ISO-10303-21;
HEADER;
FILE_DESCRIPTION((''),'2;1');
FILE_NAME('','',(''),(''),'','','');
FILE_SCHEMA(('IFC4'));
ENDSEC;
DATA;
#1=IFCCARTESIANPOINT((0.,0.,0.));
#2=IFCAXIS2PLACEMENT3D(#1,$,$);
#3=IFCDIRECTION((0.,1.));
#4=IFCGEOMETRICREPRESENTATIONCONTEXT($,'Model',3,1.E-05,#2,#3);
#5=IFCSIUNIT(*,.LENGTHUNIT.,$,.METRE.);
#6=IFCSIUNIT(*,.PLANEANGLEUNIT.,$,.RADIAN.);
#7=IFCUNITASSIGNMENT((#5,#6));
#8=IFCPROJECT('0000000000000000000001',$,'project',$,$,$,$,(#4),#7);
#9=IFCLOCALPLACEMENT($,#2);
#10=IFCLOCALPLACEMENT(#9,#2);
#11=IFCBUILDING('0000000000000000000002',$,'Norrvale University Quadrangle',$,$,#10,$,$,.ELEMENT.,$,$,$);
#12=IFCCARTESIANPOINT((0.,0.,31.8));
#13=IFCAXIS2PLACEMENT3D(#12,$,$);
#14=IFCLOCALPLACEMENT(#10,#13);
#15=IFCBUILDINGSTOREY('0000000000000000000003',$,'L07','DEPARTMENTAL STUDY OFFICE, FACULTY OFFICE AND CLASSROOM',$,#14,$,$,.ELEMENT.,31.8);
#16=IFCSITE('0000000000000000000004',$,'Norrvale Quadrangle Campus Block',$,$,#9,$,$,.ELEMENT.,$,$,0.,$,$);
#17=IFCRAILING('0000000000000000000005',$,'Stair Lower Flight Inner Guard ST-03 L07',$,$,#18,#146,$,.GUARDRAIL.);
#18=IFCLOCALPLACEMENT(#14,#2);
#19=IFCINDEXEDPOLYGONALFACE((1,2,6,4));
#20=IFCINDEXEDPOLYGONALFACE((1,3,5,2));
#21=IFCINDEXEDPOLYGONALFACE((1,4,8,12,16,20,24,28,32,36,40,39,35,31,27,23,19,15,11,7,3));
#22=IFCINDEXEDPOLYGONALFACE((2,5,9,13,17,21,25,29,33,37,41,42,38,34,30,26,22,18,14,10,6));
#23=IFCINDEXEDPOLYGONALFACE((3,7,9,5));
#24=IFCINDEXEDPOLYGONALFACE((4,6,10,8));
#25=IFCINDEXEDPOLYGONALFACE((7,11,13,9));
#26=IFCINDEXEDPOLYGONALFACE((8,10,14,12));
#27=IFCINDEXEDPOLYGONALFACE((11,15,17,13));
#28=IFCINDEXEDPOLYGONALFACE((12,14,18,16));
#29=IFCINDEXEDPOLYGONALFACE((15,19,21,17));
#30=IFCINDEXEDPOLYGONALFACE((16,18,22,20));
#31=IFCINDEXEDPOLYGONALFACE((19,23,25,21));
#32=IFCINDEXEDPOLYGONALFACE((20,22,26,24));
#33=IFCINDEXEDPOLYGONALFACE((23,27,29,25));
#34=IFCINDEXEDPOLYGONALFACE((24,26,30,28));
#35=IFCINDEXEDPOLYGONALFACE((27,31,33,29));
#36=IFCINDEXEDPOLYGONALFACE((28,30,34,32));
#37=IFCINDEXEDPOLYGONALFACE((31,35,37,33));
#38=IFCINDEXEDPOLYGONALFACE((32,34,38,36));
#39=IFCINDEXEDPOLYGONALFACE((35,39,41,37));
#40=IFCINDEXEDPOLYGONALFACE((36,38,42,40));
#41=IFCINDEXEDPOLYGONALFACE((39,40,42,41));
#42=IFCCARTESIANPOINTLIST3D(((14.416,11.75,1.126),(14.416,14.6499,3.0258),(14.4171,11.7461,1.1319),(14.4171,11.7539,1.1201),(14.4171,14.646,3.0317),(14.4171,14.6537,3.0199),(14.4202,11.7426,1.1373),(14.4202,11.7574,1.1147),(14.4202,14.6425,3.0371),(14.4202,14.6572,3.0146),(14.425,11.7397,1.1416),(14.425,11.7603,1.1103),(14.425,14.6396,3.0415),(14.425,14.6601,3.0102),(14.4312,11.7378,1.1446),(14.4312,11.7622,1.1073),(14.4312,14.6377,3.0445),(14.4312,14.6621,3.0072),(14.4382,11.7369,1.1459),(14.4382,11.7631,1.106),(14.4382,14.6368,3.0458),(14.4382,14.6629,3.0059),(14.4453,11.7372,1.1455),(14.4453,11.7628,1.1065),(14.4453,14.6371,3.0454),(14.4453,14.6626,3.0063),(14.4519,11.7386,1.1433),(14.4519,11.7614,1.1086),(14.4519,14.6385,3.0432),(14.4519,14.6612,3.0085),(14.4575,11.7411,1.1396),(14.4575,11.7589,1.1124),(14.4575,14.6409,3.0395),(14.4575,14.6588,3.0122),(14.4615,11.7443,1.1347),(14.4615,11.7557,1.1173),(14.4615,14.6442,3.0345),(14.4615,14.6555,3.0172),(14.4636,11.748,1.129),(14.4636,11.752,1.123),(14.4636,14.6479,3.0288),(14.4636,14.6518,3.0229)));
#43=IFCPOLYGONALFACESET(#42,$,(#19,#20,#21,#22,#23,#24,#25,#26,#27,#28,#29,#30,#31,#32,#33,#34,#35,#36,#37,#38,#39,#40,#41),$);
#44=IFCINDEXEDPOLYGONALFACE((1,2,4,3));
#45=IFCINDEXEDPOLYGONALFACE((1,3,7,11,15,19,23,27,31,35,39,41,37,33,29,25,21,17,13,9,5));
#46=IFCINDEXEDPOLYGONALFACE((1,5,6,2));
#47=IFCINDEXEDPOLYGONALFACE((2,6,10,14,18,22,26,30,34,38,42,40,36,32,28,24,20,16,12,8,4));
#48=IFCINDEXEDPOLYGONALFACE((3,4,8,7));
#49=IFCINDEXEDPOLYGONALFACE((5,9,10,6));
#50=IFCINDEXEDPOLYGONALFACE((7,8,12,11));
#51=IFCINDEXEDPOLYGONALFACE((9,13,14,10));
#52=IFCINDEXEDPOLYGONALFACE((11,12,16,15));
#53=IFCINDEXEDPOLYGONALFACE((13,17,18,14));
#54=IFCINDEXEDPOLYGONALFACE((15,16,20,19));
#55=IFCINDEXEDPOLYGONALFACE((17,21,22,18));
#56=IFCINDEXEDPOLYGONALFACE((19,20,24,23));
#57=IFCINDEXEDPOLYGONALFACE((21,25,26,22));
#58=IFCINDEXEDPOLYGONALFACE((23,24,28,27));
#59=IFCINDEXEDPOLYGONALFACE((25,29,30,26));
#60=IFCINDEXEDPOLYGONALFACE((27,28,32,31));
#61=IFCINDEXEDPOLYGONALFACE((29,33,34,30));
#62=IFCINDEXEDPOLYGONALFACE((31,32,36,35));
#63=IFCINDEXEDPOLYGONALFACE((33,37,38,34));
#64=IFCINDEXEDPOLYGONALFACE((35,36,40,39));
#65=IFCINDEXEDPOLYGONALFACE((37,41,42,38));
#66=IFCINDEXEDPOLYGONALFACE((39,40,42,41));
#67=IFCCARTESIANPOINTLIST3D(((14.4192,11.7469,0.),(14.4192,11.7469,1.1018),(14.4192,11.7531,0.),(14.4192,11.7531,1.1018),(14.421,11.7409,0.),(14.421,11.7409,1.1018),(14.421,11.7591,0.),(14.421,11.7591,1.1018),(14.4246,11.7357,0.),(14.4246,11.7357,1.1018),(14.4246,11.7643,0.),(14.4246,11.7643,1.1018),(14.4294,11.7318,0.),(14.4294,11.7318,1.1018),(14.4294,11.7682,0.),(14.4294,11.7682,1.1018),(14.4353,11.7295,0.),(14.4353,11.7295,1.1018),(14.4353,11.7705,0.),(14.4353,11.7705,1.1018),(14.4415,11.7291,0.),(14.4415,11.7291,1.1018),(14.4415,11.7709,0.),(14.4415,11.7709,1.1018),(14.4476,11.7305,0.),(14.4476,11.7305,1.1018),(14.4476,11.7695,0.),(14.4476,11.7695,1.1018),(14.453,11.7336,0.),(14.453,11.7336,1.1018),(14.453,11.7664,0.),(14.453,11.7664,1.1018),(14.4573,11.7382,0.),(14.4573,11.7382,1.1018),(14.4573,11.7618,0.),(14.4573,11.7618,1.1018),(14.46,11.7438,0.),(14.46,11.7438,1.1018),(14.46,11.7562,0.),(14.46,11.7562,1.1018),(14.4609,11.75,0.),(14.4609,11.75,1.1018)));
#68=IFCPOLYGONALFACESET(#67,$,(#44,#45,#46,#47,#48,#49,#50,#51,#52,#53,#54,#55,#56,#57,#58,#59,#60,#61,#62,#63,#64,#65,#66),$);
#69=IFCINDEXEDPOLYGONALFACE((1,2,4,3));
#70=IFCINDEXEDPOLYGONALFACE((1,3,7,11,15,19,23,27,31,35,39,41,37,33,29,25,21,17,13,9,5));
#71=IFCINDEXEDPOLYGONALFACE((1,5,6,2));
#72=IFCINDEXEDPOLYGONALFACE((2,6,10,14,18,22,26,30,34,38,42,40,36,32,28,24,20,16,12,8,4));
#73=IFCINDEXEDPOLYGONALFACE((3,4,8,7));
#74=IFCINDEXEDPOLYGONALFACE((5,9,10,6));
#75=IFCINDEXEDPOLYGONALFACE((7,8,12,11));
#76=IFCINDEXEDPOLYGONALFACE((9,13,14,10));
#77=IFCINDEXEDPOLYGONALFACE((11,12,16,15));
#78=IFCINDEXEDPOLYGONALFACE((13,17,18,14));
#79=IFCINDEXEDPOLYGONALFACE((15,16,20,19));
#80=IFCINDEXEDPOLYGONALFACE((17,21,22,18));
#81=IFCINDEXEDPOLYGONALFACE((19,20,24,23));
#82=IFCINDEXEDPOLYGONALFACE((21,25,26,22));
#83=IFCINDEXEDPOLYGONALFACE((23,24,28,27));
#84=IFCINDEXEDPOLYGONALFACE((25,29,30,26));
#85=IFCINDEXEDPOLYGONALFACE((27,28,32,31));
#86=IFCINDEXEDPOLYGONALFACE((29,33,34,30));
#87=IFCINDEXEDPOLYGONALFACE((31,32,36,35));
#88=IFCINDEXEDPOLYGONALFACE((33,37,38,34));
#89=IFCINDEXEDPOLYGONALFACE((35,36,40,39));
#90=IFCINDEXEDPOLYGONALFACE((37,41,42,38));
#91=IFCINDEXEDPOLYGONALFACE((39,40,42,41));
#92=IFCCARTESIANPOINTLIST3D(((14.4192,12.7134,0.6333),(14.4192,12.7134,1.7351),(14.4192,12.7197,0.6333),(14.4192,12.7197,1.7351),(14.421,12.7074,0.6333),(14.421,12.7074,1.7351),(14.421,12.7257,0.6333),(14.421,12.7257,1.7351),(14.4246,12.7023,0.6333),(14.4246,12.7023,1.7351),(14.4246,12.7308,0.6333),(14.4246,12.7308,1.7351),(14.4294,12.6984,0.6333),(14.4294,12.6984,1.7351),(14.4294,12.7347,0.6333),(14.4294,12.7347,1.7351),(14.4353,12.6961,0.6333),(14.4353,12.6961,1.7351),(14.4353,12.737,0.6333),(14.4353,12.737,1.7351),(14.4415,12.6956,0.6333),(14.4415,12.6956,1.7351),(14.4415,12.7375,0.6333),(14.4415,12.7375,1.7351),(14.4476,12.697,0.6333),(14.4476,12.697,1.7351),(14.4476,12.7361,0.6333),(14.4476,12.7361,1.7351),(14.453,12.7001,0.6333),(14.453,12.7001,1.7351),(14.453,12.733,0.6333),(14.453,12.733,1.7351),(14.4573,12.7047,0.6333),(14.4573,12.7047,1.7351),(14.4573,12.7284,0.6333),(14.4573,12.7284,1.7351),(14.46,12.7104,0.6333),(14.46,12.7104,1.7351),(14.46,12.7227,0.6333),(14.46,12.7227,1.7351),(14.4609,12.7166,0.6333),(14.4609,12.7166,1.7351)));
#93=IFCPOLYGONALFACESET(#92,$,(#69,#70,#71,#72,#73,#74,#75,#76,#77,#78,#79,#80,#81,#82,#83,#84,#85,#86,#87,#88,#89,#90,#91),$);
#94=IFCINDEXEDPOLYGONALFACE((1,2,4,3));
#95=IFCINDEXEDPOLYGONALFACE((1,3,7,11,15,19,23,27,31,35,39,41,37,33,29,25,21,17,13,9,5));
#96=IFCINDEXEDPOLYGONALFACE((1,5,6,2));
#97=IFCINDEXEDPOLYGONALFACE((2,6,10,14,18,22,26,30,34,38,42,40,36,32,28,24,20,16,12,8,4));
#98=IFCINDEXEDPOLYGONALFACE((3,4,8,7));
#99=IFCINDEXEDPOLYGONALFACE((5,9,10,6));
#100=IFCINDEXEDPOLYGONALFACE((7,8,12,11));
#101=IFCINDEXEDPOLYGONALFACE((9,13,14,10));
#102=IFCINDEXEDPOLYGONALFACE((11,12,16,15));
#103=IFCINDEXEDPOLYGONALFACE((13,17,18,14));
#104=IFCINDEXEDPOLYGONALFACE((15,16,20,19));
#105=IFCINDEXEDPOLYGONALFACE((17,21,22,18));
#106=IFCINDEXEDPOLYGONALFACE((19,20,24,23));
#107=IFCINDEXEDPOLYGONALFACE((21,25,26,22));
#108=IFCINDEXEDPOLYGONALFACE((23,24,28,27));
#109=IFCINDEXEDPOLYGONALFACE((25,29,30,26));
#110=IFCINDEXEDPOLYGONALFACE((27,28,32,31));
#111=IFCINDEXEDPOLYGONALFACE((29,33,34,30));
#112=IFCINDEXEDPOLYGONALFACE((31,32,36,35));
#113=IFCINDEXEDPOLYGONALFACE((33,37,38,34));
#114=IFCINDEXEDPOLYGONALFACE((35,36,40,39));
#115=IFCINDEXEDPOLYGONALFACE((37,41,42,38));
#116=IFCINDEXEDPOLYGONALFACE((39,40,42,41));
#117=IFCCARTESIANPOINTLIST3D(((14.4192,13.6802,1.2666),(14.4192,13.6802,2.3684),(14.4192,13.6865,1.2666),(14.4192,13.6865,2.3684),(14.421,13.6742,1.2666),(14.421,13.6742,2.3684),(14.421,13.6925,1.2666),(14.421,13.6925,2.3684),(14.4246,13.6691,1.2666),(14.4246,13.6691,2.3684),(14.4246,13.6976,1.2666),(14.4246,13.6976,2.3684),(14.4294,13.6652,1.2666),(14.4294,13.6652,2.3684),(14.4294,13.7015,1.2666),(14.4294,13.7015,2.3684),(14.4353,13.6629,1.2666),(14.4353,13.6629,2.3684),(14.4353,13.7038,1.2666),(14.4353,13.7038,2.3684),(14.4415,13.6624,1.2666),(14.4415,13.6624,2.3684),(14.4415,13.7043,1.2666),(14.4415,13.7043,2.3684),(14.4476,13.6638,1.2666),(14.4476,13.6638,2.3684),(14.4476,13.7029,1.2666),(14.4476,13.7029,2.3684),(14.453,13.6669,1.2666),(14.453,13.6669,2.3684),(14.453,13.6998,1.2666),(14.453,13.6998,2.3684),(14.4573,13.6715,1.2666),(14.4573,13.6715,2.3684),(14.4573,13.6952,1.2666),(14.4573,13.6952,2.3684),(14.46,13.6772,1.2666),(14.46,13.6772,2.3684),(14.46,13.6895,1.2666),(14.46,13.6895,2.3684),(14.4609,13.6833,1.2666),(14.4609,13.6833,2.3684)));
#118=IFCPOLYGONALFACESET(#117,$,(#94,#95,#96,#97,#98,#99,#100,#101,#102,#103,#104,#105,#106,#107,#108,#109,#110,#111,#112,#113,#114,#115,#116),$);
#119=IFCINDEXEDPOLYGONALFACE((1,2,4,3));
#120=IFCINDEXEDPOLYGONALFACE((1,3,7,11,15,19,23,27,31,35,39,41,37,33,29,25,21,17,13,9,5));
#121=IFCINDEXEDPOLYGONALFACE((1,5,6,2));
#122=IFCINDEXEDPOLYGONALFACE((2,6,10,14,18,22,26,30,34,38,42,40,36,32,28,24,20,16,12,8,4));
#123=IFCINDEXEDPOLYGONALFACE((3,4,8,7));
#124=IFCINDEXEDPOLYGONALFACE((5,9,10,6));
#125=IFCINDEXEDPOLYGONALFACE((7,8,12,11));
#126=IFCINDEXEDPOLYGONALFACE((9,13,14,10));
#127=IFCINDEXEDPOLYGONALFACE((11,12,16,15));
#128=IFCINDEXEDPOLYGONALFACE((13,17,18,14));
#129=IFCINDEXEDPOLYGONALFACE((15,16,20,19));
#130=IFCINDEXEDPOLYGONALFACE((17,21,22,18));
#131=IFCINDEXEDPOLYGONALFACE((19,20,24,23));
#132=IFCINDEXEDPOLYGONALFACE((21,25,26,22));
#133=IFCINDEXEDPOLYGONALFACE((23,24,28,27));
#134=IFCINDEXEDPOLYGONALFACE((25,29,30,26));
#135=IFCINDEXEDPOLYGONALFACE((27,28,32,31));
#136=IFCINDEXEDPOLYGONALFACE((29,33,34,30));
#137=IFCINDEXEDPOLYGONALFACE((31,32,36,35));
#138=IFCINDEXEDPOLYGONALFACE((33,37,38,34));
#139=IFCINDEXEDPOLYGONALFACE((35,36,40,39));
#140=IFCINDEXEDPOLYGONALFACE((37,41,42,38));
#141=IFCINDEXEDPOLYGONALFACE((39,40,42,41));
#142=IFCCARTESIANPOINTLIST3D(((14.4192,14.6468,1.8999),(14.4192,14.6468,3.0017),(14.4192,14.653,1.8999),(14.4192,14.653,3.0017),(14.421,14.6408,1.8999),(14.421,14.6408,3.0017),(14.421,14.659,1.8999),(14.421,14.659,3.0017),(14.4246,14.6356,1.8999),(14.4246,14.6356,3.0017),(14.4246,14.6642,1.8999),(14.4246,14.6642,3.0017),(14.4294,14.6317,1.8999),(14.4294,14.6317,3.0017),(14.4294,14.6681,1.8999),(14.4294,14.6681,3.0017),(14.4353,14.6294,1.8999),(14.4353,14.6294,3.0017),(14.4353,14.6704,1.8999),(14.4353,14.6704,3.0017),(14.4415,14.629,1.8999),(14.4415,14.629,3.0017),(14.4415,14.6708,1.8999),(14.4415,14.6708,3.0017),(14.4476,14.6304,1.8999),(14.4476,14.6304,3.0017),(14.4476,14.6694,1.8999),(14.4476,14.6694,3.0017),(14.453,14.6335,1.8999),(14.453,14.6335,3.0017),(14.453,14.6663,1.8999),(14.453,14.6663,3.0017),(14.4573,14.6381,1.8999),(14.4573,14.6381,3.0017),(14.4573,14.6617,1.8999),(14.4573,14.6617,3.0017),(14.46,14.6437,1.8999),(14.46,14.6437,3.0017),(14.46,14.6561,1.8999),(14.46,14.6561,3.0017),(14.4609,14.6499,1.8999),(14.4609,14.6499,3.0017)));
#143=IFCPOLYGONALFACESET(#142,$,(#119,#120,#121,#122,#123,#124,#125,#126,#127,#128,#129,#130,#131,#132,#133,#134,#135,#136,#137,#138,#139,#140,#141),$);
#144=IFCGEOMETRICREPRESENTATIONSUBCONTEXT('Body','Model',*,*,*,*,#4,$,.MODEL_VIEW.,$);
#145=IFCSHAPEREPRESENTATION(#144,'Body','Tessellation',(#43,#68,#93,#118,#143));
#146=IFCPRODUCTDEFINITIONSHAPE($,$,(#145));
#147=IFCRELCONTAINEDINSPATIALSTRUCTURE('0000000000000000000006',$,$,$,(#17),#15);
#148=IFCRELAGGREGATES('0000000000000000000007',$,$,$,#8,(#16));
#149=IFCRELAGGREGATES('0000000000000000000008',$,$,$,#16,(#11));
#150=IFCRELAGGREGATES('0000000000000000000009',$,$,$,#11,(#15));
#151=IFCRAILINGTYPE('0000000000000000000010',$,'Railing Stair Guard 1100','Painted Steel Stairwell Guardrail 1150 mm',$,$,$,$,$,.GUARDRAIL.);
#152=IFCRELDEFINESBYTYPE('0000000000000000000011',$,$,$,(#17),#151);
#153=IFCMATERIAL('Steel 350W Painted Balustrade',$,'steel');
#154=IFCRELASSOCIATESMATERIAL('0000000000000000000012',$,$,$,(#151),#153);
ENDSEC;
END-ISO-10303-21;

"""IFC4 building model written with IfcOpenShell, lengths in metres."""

from ifc_helpers import new_model, si_unit, direction, frame, origin, origin_2d, place, context, subcontext, project, spatial, circle, extrude, material, type_object, element, save


model = new_model("IFC4")

# Units and contexts
model_context = context("Model", 3, precision=1e-05, world=origin(), true_north=direction((0.0, 1.0)))
body_context = subcontext(model_context, "Body", "Model", "MODEL_VIEW")
ifc_project = project(units=[si_unit("LENGTHUNIT", "METRE"), si_unit("PLANEANGLEUNIT", "RADIAN")], contexts=[model_context])

# Site, building, storey
site_placement = place(None, origin())
site = spatial("IfcSite", under=ifc_project, at=site_placement, Name="Norrvale Quadrangle Campus Block", CompositionType="ELEMENT", RefElevation=0.0)
building_placement = place(site_placement, origin())
building = spatial("IfcBuilding", under=site, at=building_placement, Name="Norrvale University Quadrangle", CompositionType="ELEMENT")
storey_placement = place(building_placement, frame((0.0, 0.0, 31.8)))
storey = spatial("IfcBuildingStorey", under=building, at=storey_placement, Name="L07", Description="DEPARTMENTAL STUDY OFFICE, FACULTY OFFICE AND CLASSROOM", CompositionType="ELEMENT", Elevation=31.8)

# Railing
ifc_material_1 = material(Name="Steel 350W Painted Balustrade", Category="steel")
railing_type_1 = type_object("IfcRailingType", Name="Railing Stair Guard 1100", Description="Painted Steel Stairwell Guardrail 1150 mm", PredefinedType="GUARDRAIL", material=ifc_material_1)
railing_1_placement = place(storey_placement, frame((14.4399, 11.75, 0.0)))
element("IfcRailing", 1, at=railing_1_placement, inside=storey, type_object=railing_type_1, Name="Stair Lower Flight Inner Guard ST-03 L07", PredefinedType="GUARDRAIL", context=body_context, shape_type="SweptSolid", body=[
    extrude(circle(Radius=0.0239, at=origin_2d()), frame((0.0, 0.0, 1.126), z_axis=(0.0, 0.836466, 0.548019), x_axis=(-1.0, 0.0, 0.0)), (0.0, 0.0, 1.0), 3.4668),
    extrude(circle(Radius=0.021, at=origin_2d()), origin(), (0.0, 0.0, 1.0), 1.1018),
    extrude(circle(Radius=0.021, at=origin_2d()), frame((0.0, 0.9666, 0.6333)), (0.0, 0.0, 1.0), 1.1018),
    extrude(circle(Radius=0.021, at=origin_2d()), frame((0.0, 1.9333, 1.2666)), (0.0, 0.0, 1.0), 1.1018),
    extrude(circle(Radius=0.021, at=origin_2d()), frame((0.0, 2.8999, 1.8999)), (0.0, 0.0, 1.0), 1.1018),
])

save(model, "model.ifc")
